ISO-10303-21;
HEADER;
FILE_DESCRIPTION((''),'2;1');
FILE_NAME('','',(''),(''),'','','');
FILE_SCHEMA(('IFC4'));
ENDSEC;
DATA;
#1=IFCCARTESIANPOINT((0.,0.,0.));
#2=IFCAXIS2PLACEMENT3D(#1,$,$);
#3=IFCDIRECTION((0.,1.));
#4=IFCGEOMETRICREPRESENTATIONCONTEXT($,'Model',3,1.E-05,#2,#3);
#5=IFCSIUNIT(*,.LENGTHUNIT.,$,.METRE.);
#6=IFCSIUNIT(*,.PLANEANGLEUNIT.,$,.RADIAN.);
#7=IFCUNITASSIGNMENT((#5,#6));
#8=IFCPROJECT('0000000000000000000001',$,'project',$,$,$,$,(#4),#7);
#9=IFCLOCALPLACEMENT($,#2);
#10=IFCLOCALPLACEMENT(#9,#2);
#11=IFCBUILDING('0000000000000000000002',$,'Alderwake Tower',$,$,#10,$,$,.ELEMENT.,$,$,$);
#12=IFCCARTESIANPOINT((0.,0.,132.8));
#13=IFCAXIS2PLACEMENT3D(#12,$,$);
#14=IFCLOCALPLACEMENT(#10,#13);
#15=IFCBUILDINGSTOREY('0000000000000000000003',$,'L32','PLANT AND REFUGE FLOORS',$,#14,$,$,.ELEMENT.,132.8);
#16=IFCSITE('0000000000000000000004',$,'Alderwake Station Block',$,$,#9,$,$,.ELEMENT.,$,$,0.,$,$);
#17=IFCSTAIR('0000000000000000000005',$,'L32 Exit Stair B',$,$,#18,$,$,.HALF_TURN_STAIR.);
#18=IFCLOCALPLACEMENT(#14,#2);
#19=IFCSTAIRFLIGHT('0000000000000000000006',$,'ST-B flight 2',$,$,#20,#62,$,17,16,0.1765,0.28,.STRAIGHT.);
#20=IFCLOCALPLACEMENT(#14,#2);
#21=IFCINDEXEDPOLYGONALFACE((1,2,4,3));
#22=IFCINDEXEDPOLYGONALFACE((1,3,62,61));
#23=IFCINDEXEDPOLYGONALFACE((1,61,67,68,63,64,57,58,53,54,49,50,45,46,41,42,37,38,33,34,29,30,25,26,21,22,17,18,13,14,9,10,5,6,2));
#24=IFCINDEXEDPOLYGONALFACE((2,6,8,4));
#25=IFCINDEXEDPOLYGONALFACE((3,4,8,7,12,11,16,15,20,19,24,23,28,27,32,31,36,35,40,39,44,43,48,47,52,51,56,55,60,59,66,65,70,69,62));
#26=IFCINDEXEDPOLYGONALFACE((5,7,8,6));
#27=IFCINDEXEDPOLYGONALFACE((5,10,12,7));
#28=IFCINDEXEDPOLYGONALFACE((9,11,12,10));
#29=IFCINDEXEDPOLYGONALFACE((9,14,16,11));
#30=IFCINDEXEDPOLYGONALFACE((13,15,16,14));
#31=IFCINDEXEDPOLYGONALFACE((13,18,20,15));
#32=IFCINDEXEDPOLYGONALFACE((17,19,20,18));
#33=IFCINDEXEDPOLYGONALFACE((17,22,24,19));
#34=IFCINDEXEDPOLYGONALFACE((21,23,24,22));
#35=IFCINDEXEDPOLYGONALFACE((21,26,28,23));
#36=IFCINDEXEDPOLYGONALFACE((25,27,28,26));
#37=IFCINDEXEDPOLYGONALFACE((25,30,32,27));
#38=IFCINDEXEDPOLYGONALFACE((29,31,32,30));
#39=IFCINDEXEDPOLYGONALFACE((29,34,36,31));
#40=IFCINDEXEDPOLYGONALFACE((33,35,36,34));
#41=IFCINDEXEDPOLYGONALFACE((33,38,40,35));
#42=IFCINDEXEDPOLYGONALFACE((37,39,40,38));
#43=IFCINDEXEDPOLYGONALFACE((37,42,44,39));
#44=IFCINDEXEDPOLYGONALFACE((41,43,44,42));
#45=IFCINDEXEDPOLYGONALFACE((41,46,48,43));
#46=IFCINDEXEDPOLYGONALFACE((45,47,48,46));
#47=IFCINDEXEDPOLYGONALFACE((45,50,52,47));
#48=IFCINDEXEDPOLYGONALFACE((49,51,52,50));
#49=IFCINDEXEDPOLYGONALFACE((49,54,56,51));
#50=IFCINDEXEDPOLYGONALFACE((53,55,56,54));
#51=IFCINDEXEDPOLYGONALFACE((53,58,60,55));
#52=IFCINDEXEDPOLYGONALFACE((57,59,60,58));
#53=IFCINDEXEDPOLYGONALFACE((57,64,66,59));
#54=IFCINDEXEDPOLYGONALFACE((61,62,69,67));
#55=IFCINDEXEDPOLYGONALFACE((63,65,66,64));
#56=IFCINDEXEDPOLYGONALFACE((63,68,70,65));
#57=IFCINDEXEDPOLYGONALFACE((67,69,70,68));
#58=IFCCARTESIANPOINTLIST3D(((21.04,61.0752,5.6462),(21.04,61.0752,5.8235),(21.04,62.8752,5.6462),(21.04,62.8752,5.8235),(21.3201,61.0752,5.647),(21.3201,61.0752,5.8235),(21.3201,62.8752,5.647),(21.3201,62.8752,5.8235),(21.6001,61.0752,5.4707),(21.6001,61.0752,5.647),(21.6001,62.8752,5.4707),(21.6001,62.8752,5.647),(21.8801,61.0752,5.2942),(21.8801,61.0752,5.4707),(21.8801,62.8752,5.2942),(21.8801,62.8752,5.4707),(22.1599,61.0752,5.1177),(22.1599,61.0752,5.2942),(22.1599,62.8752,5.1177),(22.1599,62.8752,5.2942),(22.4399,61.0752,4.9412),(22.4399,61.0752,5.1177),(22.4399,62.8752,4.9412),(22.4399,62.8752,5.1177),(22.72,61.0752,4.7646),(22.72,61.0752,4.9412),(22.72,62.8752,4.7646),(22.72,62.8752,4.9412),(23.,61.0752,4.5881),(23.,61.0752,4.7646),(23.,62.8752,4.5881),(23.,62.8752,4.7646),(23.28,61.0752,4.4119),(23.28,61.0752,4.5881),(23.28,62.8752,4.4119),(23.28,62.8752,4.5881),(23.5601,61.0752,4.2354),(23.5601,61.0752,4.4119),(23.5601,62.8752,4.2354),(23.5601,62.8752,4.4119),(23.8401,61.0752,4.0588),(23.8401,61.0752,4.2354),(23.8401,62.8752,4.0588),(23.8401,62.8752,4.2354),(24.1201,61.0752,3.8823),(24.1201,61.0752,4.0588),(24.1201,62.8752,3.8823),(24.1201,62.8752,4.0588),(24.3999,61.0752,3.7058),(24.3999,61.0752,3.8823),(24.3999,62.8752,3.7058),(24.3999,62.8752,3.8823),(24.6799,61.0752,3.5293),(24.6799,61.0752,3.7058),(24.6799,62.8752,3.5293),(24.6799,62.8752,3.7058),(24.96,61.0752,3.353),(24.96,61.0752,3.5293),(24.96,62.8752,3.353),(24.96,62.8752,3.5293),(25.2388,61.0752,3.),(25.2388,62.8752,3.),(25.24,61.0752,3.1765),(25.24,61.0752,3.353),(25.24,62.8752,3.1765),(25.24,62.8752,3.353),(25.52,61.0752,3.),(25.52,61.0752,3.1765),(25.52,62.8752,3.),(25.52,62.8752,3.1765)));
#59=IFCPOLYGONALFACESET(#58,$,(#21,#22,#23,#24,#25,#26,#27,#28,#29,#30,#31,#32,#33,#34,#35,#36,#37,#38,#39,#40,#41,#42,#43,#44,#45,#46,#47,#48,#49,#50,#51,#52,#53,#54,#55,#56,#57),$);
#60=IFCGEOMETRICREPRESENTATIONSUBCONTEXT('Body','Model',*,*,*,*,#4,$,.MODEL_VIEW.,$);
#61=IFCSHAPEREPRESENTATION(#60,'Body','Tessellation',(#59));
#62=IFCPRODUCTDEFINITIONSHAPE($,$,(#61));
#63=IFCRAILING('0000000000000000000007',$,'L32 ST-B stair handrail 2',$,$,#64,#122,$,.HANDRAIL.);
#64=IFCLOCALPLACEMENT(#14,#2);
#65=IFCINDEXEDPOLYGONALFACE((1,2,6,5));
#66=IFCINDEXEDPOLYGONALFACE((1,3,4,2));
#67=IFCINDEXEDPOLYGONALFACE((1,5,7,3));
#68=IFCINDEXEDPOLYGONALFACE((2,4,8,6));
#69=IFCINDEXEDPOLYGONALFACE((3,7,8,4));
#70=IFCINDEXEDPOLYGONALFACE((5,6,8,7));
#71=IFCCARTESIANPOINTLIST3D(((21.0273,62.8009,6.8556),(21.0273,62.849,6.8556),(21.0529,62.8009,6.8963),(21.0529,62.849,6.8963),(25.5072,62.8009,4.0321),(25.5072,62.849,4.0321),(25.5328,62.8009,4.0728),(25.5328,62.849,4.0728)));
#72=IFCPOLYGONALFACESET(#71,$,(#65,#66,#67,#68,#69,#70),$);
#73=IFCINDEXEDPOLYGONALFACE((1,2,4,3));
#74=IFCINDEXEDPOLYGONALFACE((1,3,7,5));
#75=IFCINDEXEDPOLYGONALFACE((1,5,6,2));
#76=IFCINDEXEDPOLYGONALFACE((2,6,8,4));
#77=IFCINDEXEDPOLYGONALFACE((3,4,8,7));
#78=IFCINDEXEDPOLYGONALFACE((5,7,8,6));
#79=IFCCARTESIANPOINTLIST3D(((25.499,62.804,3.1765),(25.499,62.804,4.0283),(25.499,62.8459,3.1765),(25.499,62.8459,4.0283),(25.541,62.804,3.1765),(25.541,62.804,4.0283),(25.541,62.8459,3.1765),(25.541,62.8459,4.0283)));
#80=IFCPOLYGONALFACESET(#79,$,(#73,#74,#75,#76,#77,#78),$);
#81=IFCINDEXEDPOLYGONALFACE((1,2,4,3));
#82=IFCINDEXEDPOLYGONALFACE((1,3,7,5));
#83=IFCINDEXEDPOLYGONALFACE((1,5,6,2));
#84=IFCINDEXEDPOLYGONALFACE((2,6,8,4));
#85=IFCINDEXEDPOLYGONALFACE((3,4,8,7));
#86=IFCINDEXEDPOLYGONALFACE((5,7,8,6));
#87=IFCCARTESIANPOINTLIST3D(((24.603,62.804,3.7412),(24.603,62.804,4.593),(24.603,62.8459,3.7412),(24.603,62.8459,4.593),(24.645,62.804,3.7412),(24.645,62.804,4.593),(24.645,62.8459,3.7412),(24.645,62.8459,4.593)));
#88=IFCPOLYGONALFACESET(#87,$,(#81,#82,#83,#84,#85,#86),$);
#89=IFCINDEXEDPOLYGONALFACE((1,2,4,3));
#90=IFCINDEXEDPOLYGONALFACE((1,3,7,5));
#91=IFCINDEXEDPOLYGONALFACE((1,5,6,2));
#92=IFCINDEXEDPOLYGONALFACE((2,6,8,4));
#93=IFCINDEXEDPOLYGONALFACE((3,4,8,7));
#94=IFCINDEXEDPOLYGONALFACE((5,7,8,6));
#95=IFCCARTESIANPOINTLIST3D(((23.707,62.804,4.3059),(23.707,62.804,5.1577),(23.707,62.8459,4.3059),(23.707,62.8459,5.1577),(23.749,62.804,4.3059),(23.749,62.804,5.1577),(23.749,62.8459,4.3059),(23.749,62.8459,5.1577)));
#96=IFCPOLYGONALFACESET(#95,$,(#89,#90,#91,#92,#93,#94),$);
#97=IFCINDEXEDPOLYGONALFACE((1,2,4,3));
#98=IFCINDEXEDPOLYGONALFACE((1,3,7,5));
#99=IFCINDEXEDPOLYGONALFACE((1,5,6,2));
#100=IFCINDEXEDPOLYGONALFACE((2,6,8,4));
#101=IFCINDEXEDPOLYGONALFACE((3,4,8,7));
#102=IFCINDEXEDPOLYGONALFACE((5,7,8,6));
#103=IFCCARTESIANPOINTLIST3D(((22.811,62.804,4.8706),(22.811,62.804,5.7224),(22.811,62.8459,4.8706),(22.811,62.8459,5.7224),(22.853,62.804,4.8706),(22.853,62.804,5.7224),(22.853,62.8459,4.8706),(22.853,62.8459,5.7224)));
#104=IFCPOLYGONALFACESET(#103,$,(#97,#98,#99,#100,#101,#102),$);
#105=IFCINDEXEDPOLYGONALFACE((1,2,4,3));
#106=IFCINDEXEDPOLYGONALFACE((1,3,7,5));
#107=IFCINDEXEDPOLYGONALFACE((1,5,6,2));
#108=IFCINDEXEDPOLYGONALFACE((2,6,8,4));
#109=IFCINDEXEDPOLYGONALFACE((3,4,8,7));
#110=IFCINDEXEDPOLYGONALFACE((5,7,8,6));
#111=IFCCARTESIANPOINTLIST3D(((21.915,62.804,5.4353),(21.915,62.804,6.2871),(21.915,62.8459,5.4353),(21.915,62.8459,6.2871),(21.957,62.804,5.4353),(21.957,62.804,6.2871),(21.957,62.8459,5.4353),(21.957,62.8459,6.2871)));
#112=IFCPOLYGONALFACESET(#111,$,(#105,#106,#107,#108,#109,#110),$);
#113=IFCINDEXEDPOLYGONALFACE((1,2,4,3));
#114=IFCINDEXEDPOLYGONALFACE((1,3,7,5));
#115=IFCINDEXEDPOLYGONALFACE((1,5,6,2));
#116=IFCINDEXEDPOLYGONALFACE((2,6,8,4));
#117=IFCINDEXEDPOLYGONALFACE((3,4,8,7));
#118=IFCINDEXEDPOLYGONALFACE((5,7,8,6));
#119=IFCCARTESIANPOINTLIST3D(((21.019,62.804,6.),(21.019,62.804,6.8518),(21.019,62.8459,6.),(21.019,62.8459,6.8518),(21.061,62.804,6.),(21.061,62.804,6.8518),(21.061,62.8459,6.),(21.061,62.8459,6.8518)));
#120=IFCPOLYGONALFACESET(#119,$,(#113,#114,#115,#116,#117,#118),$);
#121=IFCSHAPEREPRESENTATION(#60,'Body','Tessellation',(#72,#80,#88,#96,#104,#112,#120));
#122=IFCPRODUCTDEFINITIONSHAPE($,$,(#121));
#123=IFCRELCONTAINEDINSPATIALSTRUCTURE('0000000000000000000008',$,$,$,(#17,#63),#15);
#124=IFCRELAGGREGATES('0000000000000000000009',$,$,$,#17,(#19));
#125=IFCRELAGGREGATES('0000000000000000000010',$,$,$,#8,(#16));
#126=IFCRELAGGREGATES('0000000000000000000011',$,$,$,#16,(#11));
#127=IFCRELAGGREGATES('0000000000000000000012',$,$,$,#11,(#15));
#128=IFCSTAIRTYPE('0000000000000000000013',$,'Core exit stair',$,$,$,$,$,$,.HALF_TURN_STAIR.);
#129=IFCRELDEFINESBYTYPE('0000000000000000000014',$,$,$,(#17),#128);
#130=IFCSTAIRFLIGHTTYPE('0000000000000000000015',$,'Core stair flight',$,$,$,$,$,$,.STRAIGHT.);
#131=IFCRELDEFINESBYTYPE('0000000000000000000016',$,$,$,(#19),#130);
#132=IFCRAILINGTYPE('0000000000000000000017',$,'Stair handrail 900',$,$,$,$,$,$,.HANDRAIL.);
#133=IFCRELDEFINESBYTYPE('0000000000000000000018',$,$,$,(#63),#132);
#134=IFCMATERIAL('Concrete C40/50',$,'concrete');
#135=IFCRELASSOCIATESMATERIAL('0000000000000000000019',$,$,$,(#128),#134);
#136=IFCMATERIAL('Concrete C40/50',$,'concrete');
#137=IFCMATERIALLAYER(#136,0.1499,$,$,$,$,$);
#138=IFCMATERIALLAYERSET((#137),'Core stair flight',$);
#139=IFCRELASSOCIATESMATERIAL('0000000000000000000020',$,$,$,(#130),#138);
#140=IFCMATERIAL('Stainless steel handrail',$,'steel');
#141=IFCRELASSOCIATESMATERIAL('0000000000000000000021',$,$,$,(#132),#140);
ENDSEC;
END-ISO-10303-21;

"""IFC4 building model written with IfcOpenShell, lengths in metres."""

from ifc_helpers import new_model, si_unit, direction, frame, origin, origin_2d, place, context, subcontext, project, spatial, polyline, rectangle, outline, extrude, material, layer, layer_set, type_object, element, aggregate, save


model = new_model("IFC4")

# Units and contexts
model_context = context("Model", 3, precision=1e-05, world=origin(), true_north=direction((0.0, 1.0)))
body_context = subcontext(model_context, "Body", "Model", "MODEL_VIEW")
ifc_project = project(units=[si_unit("LENGTHUNIT", "METRE"), si_unit("PLANEANGLEUNIT", "RADIAN")], contexts=[model_context])

# Site, building, storey
site_placement = place(None, origin())
site = spatial("IfcSite", under=ifc_project, at=site_placement, Name="Alderwake Station Block", CompositionType="ELEMENT", RefElevation=0.0)
building_placement = place(site_placement, origin())
building = spatial("IfcBuilding", under=site, at=building_placement, Name="Alderwake Tower", CompositionType="ELEMENT")
storey_placement = place(building_placement, frame((0.0, 0.0, 132.8)))
storey = spatial("IfcBuildingStorey", under=building, at=storey_placement, Name="L32", Description="PLANT AND REFUGE FLOORS", CompositionType="ELEMENT", Elevation=132.8)

# Stair, stair flight
ifc_material_1 = material(Name="Concrete C40/50", Category="concrete")
stair_type = type_object("IfcStairType", Name="Core exit stair", PredefinedType="HALF_TURN_STAIR", material=ifc_material_1)
stair_placement = place(storey_placement, origin())
stair = element("IfcStair", 1, at=stair_placement, inside=storey, type_object=stair_type, Name="L32 Exit Stair B", PredefinedType="HALF_TURN_STAIR")
ifc_material_2 = material(Name="Concrete C40/50", Category="concrete")
ifc_layer_1 = layer(ifc_material_2, 0.1499)
ifc_layer_set_1 = layer_set([ifc_layer_1], Name="Core stair flight")
stair_flight_type = type_object("IfcStairFlightType", Name="Core stair flight", PredefinedType="STRAIGHT", material=ifc_layer_set_1)
stair_flight_placement = place(storey_placement, frame((25.52, 61.9751, 3.0), z_axis=(0.0, 0.0, 1.0), x_axis=(-1.0, 0.0, 0.0)))
stair_flight = element("IfcStairFlight", 2, at=stair_flight_placement, type_object=stair_flight_type, Name="ST-B flight 2", NumberOfRisers=17, NumberOfTreads=16, PredefinedType="STRAIGHT", RiserHeight=0.1765, TreadLength=0.28, context=body_context, shape_type="SweptSolid", body=[
    extrude(outline(polyline([(0.0, 0.0), (0.0, 0.1765), (0.28, 0.1765), (0.28, 0.353), (0.5601, 0.353), (0.5601, 0.5293), (0.8401, 0.5293), (0.8401, 0.7058), (1.1201, 0.7058), (1.1201, 0.8823), (1.3999, 0.8823), (1.3999, 1.0588), (1.6799, 1.0588), (1.6799, 1.2354), (1.96, 1.2354), (1.96, 1.4119), (2.24, 1.4119), (2.24, 1.5881), (2.52, 1.5881), (2.52, 1.7646), (2.8, 1.7646), (2.8, 1.9412), (3.0801, 1.9412), (3.0801, 2.1177), (3.3601, 2.1177), (3.3601, 2.2942), (3.6399, 2.2942), (3.6399, 2.4707), (3.9199, 2.4707), (3.9199, 2.647), (4.2, 2.647), (4.2, 2.8235), (4.48, 2.8235), (4.48, 3.0), (4.48, 2.6462), (0.2812, 0.0), (0.0, 0.0)])), frame((0.0, 0.8999, 0.0), z_axis=(0.0, -1.0, 0.0), x_axis=(1.0, 0.0, 0.0)), (0.0, 0.0, 1.0), 1.8),
])
aggregate(stair, [stair_flight])

# Railing
ifc_material_3 = material(Name="Stainless steel handrail", Category="steel")
railing_type = type_object("IfcRailingType", Name="Stair handrail 900", PredefinedType="HANDRAIL", material=ifc_material_3)
railing_placement = place(storey_placement, frame((25.52, 62.825, 3.1765)))
element("IfcRailing", 3, at=railing_placement, inside=storey, type_object=railing_type, Name="L32 ST-B stair handrail 2", PredefinedType="HANDRAIL", context=body_context, shape_type="SweptSolid", body=[
    extrude(rectangle(XDim=0.0481, YDim=0.0481, at=origin_2d()), frame((0.0, 0.0, 0.876), z_axis=(-0.845998, 0.0, 0.533186), x_axis=(0.0, -1.0, 0.0)), (0.0, 0.0, 1.0), 5.2954),
    extrude(rectangle(XDim=0.042, YDim=0.042, at=origin_2d()), frame((0.0, 0.0, 0.0), z_axis=(0.0, 0.0, 1.0), x_axis=(-1.0, 0.0, 0.0)), (0.0, 0.0, 1.0), 0.8518),
    extrude(rectangle(XDim=0.042, YDim=0.042, at=origin_2d()), frame((-0.896, 0.0, 0.5647), z_axis=(0.0, 0.0, 1.0), x_axis=(-1.0, 0.0, 0.0)), (0.0, 0.0, 1.0), 0.8518),
    extrude(rectangle(XDim=0.042, YDim=0.042, at=origin_2d()), frame((-1.792, 0.0, 1.1294), z_axis=(0.0, 0.0, 1.0), x_axis=(-1.0, 0.0, 0.0)), (0.0, 0.0, 1.0), 0.8518),
    extrude(rectangle(XDim=0.042, YDim=0.042, at=origin_2d()), frame((-2.688, 0.0, 1.6941), z_axis=(0.0, 0.0, 1.0), x_axis=(-1.0, 0.0, 0.0)), (0.0, 0.0, 1.0), 0.8518),
    extrude(rectangle(XDim=0.042, YDim=0.042, at=origin_2d()), frame((-3.584, 0.0, 2.2588), z_axis=(0.0, 0.0, 1.0), x_axis=(-1.0, 0.0, 0.0)), (0.0, 0.0, 1.0), 0.8518),
    extrude(rectangle(XDim=0.042, YDim=0.042, at=origin_2d()), frame((-4.48, 0.0, 2.8235), z_axis=(0.0, 0.0, 1.0), x_axis=(-1.0, 0.0, 0.0)), (0.0, 0.0, 1.0), 0.8518),
])

save(model, "model.ifc")
